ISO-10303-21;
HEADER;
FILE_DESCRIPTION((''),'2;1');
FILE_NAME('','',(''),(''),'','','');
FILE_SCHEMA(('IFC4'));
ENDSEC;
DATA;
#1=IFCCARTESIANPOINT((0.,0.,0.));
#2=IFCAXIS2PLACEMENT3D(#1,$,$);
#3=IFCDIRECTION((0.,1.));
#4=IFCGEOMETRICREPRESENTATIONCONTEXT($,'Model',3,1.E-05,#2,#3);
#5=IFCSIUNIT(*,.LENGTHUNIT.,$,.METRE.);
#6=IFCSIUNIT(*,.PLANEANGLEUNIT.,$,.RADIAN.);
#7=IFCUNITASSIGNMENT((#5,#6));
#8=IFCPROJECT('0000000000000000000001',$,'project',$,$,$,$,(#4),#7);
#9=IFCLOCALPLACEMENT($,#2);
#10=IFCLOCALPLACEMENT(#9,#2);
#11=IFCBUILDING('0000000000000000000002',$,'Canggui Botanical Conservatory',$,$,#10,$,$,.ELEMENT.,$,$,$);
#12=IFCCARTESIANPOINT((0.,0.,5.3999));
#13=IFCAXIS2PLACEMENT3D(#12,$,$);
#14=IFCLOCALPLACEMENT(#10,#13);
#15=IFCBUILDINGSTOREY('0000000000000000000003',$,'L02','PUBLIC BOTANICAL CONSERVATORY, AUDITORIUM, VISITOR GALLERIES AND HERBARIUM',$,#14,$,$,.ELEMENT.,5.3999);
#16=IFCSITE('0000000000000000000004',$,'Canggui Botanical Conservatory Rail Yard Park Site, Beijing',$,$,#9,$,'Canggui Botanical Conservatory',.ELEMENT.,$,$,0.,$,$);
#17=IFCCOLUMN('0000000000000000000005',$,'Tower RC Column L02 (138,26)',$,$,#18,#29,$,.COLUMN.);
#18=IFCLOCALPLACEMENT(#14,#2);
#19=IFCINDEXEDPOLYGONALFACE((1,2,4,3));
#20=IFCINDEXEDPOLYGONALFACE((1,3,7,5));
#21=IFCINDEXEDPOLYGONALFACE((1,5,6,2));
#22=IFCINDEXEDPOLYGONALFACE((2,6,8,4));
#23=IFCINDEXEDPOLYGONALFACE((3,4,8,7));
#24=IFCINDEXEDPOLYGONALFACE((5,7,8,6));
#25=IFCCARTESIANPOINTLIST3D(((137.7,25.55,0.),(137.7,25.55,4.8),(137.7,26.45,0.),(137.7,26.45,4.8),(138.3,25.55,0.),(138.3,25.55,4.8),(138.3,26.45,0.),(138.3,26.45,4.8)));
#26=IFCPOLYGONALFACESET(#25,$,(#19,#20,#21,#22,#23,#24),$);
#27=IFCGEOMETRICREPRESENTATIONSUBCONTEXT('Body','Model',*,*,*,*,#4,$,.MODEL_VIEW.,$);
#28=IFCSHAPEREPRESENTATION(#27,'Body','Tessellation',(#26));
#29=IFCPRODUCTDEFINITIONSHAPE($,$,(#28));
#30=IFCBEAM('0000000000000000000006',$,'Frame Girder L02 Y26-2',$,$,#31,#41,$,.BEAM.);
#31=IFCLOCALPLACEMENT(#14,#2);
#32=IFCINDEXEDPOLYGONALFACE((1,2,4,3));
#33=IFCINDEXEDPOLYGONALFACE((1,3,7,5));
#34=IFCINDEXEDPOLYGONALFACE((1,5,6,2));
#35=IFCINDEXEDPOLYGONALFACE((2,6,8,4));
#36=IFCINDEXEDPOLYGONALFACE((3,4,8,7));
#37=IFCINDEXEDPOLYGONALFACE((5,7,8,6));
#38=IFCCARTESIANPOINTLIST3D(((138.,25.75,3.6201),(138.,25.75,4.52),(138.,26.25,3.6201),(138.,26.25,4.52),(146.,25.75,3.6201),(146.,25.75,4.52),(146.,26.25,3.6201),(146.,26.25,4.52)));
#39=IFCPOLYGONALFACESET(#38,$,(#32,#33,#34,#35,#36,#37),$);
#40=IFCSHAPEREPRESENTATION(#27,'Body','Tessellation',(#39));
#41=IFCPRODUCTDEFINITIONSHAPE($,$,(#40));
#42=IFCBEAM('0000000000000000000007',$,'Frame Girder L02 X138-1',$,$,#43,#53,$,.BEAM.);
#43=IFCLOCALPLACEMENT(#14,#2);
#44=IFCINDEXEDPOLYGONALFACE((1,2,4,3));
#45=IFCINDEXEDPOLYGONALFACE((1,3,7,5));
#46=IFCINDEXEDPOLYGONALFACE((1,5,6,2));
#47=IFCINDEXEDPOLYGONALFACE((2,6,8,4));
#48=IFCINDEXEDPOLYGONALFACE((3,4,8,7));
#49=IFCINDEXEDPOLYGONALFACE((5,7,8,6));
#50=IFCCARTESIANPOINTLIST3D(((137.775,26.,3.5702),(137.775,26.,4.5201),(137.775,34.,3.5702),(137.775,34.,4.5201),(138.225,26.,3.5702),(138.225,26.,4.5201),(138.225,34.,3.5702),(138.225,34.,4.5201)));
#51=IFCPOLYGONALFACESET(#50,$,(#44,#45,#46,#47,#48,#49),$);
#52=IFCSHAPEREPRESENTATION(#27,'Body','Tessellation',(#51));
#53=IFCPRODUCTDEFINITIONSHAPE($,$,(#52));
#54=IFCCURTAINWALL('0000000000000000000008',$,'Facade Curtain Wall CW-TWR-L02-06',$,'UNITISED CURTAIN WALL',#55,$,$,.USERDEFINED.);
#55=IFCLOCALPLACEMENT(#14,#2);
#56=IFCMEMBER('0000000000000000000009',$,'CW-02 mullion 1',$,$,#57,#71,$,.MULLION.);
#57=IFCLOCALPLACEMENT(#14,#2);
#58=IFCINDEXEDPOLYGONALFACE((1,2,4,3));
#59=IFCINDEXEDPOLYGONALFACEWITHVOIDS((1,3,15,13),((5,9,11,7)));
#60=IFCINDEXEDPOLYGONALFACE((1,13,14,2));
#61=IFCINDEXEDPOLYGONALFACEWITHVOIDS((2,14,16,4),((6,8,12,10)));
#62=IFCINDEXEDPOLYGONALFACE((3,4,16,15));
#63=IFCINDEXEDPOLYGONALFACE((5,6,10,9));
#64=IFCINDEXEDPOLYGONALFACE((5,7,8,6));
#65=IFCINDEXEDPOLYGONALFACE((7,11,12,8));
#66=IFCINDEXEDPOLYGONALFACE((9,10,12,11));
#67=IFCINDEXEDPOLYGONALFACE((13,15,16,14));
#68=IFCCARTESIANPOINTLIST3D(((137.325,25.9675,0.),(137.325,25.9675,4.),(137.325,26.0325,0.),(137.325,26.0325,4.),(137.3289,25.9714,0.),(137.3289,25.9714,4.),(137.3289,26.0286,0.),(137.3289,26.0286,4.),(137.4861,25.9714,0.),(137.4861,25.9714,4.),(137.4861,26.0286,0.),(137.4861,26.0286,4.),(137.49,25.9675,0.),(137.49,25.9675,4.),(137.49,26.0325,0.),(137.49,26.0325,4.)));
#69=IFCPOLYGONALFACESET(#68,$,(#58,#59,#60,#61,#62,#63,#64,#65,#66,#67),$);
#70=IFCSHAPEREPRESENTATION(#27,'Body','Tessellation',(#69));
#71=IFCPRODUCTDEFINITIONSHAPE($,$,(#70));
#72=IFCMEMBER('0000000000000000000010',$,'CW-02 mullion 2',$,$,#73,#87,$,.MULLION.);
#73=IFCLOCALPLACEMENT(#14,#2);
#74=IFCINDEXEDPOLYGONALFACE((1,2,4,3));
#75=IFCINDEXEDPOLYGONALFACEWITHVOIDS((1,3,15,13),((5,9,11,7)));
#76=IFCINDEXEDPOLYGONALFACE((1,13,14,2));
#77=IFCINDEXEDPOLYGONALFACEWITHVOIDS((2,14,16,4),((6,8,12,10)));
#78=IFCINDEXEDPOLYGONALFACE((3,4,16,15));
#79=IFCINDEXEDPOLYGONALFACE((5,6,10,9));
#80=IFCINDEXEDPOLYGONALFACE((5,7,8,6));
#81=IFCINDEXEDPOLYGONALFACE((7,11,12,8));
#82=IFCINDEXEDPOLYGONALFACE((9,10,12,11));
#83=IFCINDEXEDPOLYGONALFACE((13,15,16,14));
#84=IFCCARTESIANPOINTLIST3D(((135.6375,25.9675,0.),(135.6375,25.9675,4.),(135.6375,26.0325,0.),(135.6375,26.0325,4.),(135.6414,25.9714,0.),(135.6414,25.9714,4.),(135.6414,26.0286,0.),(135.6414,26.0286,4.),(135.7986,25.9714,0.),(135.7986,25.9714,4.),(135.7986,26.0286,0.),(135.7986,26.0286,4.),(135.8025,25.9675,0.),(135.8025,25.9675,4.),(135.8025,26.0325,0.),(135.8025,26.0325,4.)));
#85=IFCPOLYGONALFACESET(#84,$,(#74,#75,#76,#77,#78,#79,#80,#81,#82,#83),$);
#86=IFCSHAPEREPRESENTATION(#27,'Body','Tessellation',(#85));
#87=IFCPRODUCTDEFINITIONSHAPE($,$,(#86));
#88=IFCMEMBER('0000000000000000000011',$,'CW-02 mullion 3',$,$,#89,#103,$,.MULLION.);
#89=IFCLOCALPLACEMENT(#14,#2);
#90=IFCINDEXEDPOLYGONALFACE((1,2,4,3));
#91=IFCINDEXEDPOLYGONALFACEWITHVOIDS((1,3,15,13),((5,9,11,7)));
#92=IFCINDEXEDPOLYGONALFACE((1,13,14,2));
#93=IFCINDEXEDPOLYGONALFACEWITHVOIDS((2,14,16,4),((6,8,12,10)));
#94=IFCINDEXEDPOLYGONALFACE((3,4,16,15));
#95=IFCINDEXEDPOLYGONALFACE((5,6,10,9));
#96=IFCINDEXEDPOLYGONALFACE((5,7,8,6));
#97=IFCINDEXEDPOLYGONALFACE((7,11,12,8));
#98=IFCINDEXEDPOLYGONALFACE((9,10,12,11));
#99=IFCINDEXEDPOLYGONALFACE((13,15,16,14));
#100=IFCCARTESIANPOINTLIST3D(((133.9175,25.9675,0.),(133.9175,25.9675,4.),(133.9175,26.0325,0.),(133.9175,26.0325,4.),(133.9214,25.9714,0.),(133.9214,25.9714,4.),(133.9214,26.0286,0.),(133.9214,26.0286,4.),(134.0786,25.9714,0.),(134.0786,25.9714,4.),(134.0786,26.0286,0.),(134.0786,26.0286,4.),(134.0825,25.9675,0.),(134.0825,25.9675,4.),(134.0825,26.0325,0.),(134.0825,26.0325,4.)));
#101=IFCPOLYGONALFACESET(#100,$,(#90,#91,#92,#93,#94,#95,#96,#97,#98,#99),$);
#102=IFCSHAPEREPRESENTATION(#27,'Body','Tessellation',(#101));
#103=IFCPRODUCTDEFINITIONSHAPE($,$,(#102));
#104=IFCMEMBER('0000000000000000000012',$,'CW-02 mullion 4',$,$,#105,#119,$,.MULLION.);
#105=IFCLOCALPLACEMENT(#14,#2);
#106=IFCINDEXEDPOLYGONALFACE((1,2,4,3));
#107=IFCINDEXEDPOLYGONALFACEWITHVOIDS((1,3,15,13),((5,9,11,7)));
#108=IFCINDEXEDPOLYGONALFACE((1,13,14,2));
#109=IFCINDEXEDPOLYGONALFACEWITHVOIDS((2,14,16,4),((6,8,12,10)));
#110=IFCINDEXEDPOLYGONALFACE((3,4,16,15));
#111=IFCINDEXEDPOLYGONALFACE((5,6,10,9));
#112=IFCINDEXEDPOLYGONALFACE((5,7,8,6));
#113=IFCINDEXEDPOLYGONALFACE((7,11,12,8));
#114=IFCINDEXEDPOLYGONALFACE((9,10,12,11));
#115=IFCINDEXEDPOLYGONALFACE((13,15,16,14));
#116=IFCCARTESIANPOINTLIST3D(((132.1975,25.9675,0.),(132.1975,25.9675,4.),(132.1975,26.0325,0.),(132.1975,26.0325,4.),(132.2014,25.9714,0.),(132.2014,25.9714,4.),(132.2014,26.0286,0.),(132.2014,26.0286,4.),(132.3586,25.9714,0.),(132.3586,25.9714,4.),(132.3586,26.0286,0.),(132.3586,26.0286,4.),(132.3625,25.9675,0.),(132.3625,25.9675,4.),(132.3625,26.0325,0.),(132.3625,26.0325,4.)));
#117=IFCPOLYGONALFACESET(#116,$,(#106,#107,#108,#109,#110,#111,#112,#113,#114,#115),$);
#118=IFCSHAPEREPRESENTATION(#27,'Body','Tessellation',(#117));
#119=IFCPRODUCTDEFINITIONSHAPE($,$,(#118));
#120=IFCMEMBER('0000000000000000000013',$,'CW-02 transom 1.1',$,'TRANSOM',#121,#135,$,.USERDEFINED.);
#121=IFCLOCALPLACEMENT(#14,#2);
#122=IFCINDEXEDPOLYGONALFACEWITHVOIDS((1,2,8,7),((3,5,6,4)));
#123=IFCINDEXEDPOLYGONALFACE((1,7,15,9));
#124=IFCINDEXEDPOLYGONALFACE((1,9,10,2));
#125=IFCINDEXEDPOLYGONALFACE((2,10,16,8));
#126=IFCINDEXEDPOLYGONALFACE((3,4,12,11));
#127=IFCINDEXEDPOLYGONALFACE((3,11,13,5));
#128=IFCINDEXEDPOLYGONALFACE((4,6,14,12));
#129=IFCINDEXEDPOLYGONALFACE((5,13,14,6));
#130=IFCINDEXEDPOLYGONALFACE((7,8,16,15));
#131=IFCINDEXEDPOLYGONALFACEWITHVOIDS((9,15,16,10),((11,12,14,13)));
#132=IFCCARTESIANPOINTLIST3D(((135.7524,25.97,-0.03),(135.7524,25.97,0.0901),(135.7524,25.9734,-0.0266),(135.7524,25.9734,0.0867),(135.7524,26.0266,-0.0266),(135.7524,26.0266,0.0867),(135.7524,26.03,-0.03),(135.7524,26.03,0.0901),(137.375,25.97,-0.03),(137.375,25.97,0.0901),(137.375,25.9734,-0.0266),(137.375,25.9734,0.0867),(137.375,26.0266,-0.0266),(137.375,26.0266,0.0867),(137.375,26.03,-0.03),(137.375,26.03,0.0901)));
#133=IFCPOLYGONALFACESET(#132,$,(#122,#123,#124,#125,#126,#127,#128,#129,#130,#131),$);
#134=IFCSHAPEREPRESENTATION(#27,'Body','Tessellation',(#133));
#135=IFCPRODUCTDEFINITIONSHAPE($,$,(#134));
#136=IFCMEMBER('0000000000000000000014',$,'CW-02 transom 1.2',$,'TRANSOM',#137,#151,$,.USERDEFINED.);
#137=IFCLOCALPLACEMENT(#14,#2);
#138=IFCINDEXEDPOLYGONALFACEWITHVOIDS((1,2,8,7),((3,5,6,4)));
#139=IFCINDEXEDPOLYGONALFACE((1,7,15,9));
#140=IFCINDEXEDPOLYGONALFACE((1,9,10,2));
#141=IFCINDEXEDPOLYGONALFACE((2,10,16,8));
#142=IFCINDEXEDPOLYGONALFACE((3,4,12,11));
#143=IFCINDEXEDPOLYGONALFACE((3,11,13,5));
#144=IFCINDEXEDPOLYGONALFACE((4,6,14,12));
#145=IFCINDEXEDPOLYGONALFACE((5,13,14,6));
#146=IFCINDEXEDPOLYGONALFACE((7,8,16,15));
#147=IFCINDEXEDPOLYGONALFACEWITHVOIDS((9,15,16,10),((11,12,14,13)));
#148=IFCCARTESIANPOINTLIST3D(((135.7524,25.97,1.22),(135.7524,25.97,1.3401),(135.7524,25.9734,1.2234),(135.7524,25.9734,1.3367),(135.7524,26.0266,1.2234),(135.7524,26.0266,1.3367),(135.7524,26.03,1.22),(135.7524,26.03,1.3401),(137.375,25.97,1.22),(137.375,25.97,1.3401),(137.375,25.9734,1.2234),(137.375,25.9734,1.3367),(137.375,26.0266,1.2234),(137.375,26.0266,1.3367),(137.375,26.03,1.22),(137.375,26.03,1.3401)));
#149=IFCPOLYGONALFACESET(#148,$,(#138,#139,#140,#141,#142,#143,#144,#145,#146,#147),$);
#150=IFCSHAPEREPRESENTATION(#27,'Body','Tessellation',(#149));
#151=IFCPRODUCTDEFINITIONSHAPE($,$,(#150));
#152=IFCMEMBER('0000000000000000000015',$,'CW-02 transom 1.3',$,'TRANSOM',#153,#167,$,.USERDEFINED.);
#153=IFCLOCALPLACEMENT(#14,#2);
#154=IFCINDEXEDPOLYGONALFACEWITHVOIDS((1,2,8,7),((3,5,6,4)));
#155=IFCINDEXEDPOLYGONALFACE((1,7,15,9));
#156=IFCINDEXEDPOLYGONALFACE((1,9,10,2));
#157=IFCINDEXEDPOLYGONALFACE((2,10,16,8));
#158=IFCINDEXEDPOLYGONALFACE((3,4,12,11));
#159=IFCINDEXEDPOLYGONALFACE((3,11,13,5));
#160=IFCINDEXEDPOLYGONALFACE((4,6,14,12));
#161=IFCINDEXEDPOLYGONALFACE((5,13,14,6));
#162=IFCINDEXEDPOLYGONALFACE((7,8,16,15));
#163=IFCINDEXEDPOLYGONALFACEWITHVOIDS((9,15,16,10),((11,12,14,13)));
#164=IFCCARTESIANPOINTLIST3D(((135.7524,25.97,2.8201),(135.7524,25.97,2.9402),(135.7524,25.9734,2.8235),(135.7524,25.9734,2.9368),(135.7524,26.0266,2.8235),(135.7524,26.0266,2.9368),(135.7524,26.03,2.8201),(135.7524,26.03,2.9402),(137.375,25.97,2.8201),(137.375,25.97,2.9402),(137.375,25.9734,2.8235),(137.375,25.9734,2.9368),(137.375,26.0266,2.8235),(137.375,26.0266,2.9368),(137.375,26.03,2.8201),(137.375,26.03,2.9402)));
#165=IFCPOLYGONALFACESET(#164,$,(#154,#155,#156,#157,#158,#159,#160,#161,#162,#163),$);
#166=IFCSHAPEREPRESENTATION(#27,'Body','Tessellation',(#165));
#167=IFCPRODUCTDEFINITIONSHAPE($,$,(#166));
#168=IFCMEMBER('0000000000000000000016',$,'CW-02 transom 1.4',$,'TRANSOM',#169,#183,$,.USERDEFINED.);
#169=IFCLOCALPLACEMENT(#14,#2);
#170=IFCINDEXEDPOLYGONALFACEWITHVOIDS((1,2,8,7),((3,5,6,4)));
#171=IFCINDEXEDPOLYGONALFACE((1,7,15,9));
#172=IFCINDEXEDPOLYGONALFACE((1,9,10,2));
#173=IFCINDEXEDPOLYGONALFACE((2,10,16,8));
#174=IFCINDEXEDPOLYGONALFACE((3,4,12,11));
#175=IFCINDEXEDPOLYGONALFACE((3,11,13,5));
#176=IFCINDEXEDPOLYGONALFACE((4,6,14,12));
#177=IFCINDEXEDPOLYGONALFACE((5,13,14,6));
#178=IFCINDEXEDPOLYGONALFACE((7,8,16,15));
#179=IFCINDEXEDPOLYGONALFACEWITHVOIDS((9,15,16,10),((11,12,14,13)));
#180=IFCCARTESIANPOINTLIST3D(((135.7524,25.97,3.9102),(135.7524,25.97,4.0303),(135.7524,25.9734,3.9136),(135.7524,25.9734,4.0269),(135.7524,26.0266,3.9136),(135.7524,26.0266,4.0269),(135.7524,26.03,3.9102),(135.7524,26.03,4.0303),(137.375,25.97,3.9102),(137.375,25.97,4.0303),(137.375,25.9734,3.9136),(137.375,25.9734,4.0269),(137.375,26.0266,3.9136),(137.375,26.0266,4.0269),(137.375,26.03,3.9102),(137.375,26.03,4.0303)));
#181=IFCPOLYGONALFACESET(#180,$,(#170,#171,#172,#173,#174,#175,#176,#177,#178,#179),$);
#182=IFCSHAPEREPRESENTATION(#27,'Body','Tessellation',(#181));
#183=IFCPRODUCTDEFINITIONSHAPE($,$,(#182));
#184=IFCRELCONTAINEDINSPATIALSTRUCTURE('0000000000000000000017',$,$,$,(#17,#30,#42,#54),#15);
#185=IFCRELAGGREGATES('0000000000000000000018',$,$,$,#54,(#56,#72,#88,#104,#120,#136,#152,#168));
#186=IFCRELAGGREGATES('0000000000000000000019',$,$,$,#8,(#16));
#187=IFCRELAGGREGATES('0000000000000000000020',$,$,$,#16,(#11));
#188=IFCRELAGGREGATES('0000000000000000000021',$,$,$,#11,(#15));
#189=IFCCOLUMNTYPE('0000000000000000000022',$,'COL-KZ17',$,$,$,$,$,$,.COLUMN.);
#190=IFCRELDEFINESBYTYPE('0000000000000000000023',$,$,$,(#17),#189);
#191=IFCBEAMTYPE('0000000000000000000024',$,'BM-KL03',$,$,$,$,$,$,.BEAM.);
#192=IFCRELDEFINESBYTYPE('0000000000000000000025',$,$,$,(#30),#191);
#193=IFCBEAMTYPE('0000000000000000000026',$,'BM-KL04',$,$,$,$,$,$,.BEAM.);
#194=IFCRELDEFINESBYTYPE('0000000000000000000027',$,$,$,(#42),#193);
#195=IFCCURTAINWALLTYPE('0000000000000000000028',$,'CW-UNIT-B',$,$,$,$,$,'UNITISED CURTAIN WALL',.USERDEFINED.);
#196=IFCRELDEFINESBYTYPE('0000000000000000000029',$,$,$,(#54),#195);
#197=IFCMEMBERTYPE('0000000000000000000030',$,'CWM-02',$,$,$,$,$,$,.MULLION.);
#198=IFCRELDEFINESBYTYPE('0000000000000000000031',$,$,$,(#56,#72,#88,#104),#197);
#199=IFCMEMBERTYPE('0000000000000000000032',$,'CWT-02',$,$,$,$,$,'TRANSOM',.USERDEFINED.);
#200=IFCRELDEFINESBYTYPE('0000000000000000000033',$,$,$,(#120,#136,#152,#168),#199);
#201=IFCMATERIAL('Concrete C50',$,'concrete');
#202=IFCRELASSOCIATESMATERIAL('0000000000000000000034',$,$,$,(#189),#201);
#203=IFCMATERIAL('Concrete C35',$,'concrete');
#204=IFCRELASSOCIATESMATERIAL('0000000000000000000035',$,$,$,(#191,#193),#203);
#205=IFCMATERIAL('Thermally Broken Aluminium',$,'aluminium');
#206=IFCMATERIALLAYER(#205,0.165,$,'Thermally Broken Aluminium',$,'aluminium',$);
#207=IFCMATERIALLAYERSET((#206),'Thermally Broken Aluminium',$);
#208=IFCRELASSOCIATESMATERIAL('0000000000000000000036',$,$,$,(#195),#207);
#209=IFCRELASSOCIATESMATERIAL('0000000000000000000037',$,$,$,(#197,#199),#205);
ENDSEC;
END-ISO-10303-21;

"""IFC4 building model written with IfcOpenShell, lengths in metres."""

from ifc_helpers import new_model, si_unit, direction, frame, origin, origin_2d, place, context, subcontext, project, spatial, rectangle, hollow_rectangle, extrude, material, layer, layer_set, material_profile, profile_set, type_object, element, aggregate, save


model = new_model("IFC4")

# Units and contexts
model_context = context("Model", 3, precision=1e-05, world=origin(), true_north=direction((0.0, 1.0)))
body_context = subcontext(model_context, "Body", "Model", "MODEL_VIEW")
ifc_project = project(units=[si_unit("LENGTHUNIT", "METRE"), si_unit("PLANEANGLEUNIT", "RADIAN")], contexts=[model_context])

# Site, building, storey
site_placement = place(None, origin())
site = spatial("IfcSite", under=ifc_project, at=site_placement, Name="Canggui Botanical Conservatory Rail Yard Park Site, Beijing", LongName="Canggui Botanical Conservatory", CompositionType="ELEMENT", RefElevation=0.0)
building_placement = place(site_placement, origin())
building = spatial("IfcBuilding", under=site, at=building_placement, Name="Canggui Botanical Conservatory", CompositionType="ELEMENT")
storey_placement = place(building_placement, frame((0.0, 0.0, 5.3999)))
storey = spatial("IfcBuildingStorey", under=building, at=storey_placement, Name="L02", Description="PUBLIC BOTANICAL CONSERVATORY, AUDITORIUM, VISITOR GALLERIES AND HERBARIUM", CompositionType="ELEMENT", Elevation=5.3999)

# Column
ifc_material_1 = material(Name="Concrete C50", Category="concrete")
ifc_material_profile_1 = material_profile(ifc_material_1, rectangle(XDim=0.6001, YDim=0.8999, at=origin_2d()), Name="RC 600x900")
ifc_profile_set_1 = profile_set([ifc_material_profile_1], Name="Concrete C50")
column_type = type_object("IfcColumnType", Name="COL-KZ17", PredefinedType="COLUMN", material=ifc_profile_set_1)
column_placement = place(storey_placement, frame((138.0, 26.0, 0.0), z_axis=(0.0, 0.0, 1.0), x_axis=(1.0, 0.0, 0.0)))
element("IfcColumn", 1, at=column_placement, inside=storey, type_object=column_type, Name="Tower RC Column L02 (138,26)", PredefinedType="COLUMN", context=body_context, shape_type="SweptSolid", body=[
    extrude(rectangle(XDim=0.6001, YDim=0.8999, at=origin_2d()), origin(), (0.0, 0.0, 1.0), 4.8),
])

# Beams
ifc_material_2 = material(Name="Concrete C35", Category="concrete")
ifc_material_profile_2 = material_profile(ifc_material_2, rectangle(XDim=0.5, YDim=0.8999, at=origin_2d()), Name="RB 500x900")
ifc_profile_set_2 = profile_set([ifc_material_profile_2], Name="Concrete C35")
beam_type_1 = type_object("IfcBeamType", Name="BM-KL03", PredefinedType="BEAM", material=ifc_profile_set_2)
beam_1_placement = place(storey_placement, frame((138.0, 26.0, 4.0701), z_axis=(1.0, 0.0, 0.0), x_axis=(0.0, 1.0, 0.0)))
element("IfcBeam", 2, at=beam_1_placement, inside=storey, type_object=beam_type_1, Name="Frame Girder L02 Y26-2", PredefinedType="BEAM", context=body_context, shape_type="SweptSolid", body=[
    extrude(rectangle(XDim=0.5, YDim=0.8999, at=origin_2d()), origin(), (0.0, 0.0, 1.0), 8.0),
])
ifc_material_profile_3 = material_profile(ifc_material_2, rectangle(XDim=0.45, YDim=0.95, at=origin_2d()), Name="RB 450x950")
ifc_profile_set_3 = profile_set([ifc_material_profile_3], Name="Concrete C35")
beam_type_2 = type_object("IfcBeamType", Name="BM-KL04", PredefinedType="BEAM", material=ifc_profile_set_3)
beam_2_placement = place(storey_placement, frame((138.0, 26.0, 4.0452), z_axis=(0.0, 1.0, 0.0), x_axis=(-1.0, 0.0, 0.0)))
element("IfcBeam", 3, at=beam_2_placement, inside=storey, type_object=beam_type_2, Name="Frame Girder L02 X138-1", PredefinedType="BEAM", context=body_context, shape_type="SweptSolid", body=[
    extrude(rectangle(XDim=0.45, YDim=0.95, at=origin_2d()), origin(), (0.0, 0.0, 1.0), 8.0),
])

# Curtain wall, members
ifc_material_3 = material(Name="Thermally Broken Aluminium", Category="aluminium")
ifc_layer_1 = layer(ifc_material_3, 0.165, Name="Thermally Broken Aluminium", Category="aluminium")
ifc_layer_set_1 = layer_set([ifc_layer_1], Name="Thermally Broken Aluminium")
curtain_wall_type = type_object("IfcCurtainWallType", Name="CW-UNIT-B", ElementType="UNITISED CURTAIN WALL", PredefinedType="USERDEFINED", material=ifc_layer_set_1)
curtain_wall_placement = place(storey_placement, origin())
curtain_wall = element("IfcCurtainWall", 4, at=curtain_wall_placement, inside=storey, type_object=curtain_wall_type, Name="Facade Curtain Wall CW-TWR-L02-06", ObjectType="UNITISED CURTAIN WALL", PredefinedType="USERDEFINED")
ifc_material_profile_4 = material_profile(ifc_material_3, hollow_rectangle(XDim=0.0649, YDim=0.165, WallThickness=0.0039, at=origin_2d()), Name="CWM 65x165x4")
ifc_profile_set_4 = profile_set([ifc_material_profile_4], Name="Thermally Broken Aluminium")
member_type_1 = type_object("IfcMemberType", Name="CWM-02", PredefinedType="MULLION", material=ifc_profile_set_4)
member_1_placement = place(storey_placement, frame((137.4075, 26.0, 0.0), z_axis=(0.0, 0.0, 1.0), x_axis=(0.0, -1.0, 0.0)))
member_1 = element("IfcMember", 5, at=member_1_placement, type_object=member_type_1, Name="CW-02 mullion 1", PredefinedType="MULLION", context=body_context, shape_type="SweptSolid", body=[
    extrude(hollow_rectangle(XDim=0.0649, YDim=0.165, WallThickness=0.0039, at=origin_2d()), origin(), (0.0, 0.0, 1.0), 4.0),
])
member_2_placement = place(storey_placement, frame((135.72, 26.0, 0.0), z_axis=(0.0, 0.0, 1.0), x_axis=(0.0, -1.0, 0.0)))
member_2 = element("IfcMember", 6, at=member_2_placement, type_object=member_type_1, Name="CW-02 mullion 2", PredefinedType="MULLION", context=body_context, shape_type="SweptSolid", body=[
    extrude(hollow_rectangle(XDim=0.0649, YDim=0.165, WallThickness=0.0039, at=origin_2d()), origin(), (0.0, 0.0, 1.0), 4.0),
])
member_3_placement = place(storey_placement, frame((134.0, 26.0, 0.0), z_axis=(0.0, 0.0, 1.0), x_axis=(0.0, -1.0, 0.0)))
member_3 = element("IfcMember", 7, at=member_3_placement, type_object=member_type_1, Name="CW-02 mullion 3", PredefinedType="MULLION", context=body_context, shape_type="SweptSolid", body=[
    extrude(hollow_rectangle(XDim=0.0649, YDim=0.165, WallThickness=0.0039, at=origin_2d()), origin(), (0.0, 0.0, 1.0), 4.0),
])
member_4_placement = place(storey_placement, frame((132.28, 26.0, 0.0), z_axis=(0.0, 0.0, 1.0), x_axis=(0.0, -1.0, 0.0)))
member_4 = element("IfcMember", 8, at=member_4_placement, type_object=member_type_1, Name="CW-02 mullion 4", PredefinedType="MULLION", context=body_context, shape_type="SweptSolid", body=[
    extrude(hollow_rectangle(XDim=0.0649, YDim=0.165, WallThickness=0.0039, at=origin_2d()), origin(), (0.0, 0.0, 1.0), 4.0),
])
ifc_material_profile_5 = material_profile(ifc_material_3, hollow_rectangle(XDim=0.0601, YDim=0.1201, WallThickness=0.0034, at=origin_2d()), Name="CWT 60x120x3.5")
ifc_profile_set_5 = profile_set([ifc_material_profile_5], Name="Thermally Broken Aluminium")
member_type_2 = type_object("IfcMemberType", Name="CWT-02", ElementType="TRANSOM", PredefinedType="USERDEFINED", material=ifc_profile_set_5)
member_5_placement = place(storey_placement, frame((137.375, 26.0, 0.03), z_axis=(-1.0, 0.0, 0.0), x_axis=(0.0, -1.0, 0.0)))
member_5 = element("IfcMember", 9, at=member_5_placement, type_object=member_type_2, Name="CW-02 transom 1.1", ObjectType="TRANSOM", PredefinedType="USERDEFINED", context=body_context, shape_type="SweptSolid", body=[
    extrude(hollow_rectangle(XDim=0.0601, YDim=0.1201, WallThickness=0.0034, at=origin_2d()), origin(), (0.0, 0.0, 1.0), 1.6226),
])
member_6_placement = place(storey_placement, frame((137.375, 26.0, 1.28), z_axis=(-1.0, 0.0, 0.0), x_axis=(0.0, -1.0, 0.0)))
member_6 = element("IfcMember", 10, at=member_6_placement, type_object=member_type_2, Name="CW-02 transom 1.2", ObjectType="TRANSOM", PredefinedType="USERDEFINED", context=body_context, shape_type="SweptSolid", body=[
    extrude(hollow_rectangle(XDim=0.0601, YDim=0.1201, WallThickness=0.0034, at=origin_2d()), origin(), (0.0, 0.0, 1.0), 1.6226),
])
member_7_placement = place(storey_placement, frame((137.375, 26.0, 2.8801), z_axis=(-1.0, 0.0, 0.0), x_axis=(0.0, -1.0, 0.0)))
member_7 = element("IfcMember", 11, at=member_7_placement, type_object=member_type_2, Name="CW-02 transom 1.3", ObjectType="TRANSOM", PredefinedType="USERDEFINED", context=body_context, shape_type="SweptSolid", body=[
    extrude(hollow_rectangle(XDim=0.0601, YDim=0.1201, WallThickness=0.0034, at=origin_2d()), origin(), (0.0, 0.0, 1.0), 1.6226),
])
member_8_placement = place(storey_placement, frame((137.375, 26.0, 3.9702), z_axis=(-1.0, 0.0, 0.0), x_axis=(0.0, -1.0, 0.0)))
member_8 = element("IfcMember", 12, at=member_8_placement, type_object=member_type_2, Name="CW-02 transom 1.4", ObjectType="TRANSOM", PredefinedType="USERDEFINED", context=body_context, shape_type="SweptSolid", body=[
    extrude(hollow_rectangle(XDim=0.0601, YDim=0.1201, WallThickness=0.0034, at=origin_2d()), origin(), (0.0, 0.0, 1.0), 1.6226),
])
aggregate(curtain_wall, [member_1, member_2, member_3, member_4, member_5, member_6, member_7, member_8])

save(model, "model.ifc")
